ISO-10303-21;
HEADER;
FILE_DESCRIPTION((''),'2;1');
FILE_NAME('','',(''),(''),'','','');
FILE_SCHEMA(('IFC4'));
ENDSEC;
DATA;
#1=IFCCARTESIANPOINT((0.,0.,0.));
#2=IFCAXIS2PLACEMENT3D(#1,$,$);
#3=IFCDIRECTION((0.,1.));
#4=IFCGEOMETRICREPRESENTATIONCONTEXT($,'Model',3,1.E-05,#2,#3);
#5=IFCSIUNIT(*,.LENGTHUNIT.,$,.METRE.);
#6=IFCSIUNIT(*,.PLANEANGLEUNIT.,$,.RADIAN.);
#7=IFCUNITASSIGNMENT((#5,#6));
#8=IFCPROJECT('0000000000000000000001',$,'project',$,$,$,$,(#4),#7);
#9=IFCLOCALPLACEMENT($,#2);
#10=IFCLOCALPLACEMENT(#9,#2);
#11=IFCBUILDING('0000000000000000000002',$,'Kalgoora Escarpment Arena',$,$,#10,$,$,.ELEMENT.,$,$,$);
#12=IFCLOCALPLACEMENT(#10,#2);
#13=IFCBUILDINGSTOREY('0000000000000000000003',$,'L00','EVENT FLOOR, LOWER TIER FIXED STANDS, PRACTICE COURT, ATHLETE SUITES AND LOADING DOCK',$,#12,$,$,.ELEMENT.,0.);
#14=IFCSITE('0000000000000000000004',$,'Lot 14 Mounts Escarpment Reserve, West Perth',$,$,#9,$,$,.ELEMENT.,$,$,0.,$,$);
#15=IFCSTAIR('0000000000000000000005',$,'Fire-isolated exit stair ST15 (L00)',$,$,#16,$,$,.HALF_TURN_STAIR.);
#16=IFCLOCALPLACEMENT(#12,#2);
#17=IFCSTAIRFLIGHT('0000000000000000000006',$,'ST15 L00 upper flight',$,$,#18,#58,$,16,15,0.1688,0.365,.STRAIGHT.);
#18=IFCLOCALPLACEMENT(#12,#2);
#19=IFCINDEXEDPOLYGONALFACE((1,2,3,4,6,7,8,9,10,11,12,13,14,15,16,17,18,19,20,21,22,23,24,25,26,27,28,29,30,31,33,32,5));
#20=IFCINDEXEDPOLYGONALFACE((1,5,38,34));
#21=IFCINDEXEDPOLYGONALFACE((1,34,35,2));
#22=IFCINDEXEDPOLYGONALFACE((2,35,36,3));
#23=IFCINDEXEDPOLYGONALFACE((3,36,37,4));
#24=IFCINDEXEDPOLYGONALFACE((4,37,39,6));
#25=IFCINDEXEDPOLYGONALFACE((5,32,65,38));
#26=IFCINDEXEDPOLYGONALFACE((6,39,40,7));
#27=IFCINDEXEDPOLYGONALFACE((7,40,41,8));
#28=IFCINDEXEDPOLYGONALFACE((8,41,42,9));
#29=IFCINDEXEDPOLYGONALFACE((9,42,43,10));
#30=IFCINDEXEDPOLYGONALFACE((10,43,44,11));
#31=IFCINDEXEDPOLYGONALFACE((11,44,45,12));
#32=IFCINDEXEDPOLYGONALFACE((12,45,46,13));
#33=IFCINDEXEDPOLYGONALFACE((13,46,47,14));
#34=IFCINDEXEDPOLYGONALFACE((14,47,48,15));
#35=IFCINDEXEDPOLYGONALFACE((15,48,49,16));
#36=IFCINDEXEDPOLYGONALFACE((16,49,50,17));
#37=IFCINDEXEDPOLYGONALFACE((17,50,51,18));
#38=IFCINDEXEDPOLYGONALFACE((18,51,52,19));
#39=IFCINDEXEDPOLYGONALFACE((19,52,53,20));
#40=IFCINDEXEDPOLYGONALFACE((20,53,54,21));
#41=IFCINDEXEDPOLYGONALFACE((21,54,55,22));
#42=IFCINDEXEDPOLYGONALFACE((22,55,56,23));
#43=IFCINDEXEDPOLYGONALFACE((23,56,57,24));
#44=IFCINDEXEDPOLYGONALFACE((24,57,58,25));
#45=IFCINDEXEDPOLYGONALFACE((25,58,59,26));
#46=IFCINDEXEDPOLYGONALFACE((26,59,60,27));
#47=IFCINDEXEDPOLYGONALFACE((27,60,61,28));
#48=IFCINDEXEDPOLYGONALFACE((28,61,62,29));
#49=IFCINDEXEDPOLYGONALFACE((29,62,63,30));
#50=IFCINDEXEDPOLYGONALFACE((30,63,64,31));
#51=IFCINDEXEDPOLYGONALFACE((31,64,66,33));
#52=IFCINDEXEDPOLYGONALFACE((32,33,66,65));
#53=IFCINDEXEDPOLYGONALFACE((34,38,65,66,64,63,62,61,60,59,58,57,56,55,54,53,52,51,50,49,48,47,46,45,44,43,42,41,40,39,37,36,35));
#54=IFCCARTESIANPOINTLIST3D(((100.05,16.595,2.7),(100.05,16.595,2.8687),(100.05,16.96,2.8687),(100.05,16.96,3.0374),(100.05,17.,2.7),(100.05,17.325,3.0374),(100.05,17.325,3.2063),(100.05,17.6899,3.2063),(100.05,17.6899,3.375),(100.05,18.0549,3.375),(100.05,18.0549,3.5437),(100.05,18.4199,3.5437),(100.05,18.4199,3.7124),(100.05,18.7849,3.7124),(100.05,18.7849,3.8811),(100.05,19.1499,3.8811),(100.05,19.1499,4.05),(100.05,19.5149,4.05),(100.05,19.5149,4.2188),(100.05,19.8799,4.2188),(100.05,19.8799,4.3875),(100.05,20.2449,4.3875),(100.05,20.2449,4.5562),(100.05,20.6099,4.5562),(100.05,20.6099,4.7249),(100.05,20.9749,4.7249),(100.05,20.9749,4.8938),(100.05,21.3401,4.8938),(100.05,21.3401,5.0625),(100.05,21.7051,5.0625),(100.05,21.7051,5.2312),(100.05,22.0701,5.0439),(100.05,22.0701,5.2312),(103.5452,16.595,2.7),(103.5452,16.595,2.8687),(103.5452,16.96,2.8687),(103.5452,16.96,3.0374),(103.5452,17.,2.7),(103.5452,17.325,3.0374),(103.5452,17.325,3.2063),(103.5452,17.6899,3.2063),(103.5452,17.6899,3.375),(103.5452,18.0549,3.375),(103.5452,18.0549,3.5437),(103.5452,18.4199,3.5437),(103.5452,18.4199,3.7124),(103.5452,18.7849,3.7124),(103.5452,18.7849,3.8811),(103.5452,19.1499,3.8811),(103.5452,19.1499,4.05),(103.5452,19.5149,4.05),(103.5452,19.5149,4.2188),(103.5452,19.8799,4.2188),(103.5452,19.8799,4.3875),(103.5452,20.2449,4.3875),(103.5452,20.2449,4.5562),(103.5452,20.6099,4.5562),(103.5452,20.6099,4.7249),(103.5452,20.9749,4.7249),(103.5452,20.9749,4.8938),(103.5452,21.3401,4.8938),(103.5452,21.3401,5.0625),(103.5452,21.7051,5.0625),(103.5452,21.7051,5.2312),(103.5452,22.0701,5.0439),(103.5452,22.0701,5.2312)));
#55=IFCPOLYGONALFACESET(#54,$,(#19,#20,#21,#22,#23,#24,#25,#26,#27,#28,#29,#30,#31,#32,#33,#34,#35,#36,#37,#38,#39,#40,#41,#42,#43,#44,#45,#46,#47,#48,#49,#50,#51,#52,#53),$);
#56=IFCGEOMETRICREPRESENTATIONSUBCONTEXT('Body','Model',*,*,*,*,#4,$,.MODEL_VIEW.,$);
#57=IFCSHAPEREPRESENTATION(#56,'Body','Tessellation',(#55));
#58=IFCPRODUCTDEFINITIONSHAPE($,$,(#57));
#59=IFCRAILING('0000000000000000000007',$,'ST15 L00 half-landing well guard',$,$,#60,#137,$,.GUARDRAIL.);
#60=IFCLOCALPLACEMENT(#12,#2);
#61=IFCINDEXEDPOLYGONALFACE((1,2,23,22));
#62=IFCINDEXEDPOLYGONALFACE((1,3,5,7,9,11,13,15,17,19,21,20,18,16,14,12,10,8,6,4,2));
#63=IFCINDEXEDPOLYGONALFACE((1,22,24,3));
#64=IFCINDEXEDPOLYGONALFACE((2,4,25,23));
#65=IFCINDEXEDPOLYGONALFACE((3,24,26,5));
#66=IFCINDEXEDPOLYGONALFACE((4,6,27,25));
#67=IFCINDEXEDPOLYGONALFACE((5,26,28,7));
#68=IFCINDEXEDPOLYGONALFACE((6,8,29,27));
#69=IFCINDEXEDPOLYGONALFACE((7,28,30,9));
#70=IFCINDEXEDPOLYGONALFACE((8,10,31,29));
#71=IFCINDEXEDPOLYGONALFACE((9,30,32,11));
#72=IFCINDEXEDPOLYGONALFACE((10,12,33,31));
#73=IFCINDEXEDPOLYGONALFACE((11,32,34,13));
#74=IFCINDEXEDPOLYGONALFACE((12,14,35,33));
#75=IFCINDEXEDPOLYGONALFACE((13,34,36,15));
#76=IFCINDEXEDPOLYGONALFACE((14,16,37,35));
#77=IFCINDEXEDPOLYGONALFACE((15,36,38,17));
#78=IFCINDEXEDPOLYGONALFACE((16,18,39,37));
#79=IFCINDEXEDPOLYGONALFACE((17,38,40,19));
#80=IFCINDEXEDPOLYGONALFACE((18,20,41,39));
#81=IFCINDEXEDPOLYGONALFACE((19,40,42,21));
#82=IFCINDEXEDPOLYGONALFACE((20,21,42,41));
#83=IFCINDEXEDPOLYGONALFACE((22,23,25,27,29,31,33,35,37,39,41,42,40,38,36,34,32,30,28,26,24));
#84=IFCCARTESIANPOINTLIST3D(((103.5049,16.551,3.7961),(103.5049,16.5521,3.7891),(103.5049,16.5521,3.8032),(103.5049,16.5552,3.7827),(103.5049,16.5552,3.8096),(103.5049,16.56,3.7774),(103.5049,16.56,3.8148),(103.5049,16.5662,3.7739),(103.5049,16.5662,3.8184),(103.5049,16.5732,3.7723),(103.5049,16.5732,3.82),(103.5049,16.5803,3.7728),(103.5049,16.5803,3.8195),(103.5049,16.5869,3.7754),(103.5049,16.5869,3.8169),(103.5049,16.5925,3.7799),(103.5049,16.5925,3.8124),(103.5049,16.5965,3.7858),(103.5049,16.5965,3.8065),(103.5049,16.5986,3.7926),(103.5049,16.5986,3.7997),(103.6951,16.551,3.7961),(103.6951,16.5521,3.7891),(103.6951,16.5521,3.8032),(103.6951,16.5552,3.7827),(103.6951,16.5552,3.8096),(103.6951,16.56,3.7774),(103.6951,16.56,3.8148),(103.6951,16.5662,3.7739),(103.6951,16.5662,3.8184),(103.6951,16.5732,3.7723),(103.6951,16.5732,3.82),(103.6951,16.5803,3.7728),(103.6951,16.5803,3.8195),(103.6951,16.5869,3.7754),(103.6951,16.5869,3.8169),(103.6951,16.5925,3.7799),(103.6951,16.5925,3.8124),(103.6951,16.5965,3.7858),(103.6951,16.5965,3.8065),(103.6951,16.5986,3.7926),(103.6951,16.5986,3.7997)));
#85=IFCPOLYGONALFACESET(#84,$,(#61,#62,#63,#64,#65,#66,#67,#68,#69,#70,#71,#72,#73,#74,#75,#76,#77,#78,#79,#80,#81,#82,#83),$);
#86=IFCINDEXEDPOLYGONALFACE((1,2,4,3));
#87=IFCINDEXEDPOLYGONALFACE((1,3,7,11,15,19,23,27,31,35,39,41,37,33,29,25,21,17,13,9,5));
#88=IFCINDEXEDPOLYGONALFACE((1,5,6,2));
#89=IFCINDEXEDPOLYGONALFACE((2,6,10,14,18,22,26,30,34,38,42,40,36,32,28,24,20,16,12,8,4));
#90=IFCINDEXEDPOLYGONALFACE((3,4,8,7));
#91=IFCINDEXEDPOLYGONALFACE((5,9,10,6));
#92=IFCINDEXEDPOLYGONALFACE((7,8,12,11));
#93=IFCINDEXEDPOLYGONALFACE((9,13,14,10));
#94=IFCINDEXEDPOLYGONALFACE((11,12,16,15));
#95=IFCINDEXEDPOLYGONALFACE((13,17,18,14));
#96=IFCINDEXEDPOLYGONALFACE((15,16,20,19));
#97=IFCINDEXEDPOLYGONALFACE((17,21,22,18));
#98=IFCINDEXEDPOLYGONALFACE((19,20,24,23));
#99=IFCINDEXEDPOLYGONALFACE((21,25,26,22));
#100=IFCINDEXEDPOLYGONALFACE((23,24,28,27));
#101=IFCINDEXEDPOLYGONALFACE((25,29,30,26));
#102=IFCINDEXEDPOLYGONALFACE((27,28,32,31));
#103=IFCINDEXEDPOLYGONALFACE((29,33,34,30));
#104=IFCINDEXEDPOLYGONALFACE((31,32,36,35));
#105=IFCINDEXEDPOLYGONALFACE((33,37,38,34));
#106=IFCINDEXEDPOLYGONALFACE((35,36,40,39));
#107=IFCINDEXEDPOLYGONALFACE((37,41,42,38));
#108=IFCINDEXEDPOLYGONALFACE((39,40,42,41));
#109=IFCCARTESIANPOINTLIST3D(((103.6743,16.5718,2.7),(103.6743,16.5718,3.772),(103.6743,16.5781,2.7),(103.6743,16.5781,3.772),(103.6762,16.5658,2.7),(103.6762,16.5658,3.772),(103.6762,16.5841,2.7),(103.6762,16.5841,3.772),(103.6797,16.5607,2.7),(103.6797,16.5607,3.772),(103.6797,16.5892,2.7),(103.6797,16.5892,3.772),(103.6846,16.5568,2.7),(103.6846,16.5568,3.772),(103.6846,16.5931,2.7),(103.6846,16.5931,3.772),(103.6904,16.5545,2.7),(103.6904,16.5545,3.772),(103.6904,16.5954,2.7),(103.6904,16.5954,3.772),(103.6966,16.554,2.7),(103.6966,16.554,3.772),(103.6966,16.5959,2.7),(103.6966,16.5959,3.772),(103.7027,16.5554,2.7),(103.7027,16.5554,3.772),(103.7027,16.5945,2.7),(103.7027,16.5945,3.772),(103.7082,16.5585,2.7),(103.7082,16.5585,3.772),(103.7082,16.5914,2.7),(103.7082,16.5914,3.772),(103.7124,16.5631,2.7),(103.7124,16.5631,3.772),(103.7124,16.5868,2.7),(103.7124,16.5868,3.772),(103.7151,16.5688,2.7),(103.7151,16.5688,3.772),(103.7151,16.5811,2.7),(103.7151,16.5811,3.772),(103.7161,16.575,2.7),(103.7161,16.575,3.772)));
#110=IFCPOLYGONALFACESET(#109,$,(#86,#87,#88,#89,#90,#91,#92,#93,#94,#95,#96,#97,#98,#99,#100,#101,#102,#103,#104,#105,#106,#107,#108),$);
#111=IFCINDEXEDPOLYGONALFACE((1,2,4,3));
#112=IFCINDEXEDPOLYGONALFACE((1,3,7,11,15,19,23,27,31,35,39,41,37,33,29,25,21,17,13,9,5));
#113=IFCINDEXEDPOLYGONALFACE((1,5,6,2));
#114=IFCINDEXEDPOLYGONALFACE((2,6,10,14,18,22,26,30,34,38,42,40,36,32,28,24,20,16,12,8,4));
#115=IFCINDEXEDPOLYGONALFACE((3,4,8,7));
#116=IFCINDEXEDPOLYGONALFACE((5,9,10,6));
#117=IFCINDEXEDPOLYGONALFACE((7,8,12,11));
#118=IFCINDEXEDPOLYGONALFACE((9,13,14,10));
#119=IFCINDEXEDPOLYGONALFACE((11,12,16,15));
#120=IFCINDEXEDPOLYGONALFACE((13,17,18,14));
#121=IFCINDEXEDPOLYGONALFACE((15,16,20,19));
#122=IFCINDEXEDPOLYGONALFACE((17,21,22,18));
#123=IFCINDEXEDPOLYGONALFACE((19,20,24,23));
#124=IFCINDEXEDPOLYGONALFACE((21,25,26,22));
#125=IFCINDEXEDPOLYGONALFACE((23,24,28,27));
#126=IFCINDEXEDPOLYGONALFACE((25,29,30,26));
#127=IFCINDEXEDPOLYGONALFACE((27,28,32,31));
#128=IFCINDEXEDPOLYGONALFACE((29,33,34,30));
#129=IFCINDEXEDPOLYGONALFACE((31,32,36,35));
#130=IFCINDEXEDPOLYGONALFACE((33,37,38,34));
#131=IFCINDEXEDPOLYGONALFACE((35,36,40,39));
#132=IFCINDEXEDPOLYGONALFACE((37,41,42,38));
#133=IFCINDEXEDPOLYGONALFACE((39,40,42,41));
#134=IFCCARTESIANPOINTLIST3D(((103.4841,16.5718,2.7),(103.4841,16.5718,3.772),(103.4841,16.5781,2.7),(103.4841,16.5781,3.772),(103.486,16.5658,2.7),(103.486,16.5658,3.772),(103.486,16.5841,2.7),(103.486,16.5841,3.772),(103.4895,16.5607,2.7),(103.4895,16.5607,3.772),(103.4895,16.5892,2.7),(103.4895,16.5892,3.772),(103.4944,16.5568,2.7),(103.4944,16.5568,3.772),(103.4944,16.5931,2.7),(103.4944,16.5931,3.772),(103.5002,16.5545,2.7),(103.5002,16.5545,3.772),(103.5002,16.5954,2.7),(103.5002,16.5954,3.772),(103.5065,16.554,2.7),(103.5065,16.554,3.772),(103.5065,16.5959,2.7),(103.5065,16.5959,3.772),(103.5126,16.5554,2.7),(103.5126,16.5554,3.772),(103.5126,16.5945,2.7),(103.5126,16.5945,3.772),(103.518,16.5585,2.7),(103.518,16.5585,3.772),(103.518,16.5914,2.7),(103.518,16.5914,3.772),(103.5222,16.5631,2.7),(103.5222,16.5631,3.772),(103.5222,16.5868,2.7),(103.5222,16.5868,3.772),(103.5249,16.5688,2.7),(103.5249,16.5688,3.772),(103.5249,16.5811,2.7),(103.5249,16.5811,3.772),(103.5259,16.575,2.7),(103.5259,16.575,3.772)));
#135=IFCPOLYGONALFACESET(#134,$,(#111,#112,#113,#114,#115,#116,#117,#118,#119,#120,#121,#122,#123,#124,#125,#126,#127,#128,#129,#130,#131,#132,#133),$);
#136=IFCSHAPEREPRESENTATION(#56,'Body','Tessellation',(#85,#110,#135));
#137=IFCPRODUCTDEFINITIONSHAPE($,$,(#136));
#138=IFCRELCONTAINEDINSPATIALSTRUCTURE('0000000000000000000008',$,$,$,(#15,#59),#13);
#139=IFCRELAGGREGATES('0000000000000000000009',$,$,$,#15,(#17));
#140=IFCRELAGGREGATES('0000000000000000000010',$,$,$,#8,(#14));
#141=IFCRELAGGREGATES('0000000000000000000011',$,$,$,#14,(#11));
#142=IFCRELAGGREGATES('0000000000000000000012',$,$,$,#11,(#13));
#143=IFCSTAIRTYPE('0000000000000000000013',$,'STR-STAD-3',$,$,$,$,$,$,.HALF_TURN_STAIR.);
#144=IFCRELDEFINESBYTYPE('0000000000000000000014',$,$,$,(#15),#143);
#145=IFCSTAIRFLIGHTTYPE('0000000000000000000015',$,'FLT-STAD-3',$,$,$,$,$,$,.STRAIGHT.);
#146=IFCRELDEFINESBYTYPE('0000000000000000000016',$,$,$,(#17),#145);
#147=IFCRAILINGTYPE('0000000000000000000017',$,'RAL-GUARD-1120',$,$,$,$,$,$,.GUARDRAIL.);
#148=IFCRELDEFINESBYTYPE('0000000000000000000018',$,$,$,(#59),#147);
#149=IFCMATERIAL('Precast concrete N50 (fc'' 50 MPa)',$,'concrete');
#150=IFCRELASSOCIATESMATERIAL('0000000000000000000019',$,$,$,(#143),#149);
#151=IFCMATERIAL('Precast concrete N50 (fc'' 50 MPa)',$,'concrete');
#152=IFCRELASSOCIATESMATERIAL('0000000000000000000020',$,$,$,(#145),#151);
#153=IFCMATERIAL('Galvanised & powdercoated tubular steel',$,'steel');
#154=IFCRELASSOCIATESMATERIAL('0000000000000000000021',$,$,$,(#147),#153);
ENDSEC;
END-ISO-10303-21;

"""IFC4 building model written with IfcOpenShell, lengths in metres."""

from ifc_helpers import new_model, si_unit, direction, frame, origin, origin_2d, place, context, subcontext, project, spatial, polyline, circle, outline, extrude, material, type_object, element, aggregate, save


model = new_model("IFC4")

# Units and contexts
model_context = context("Model", 3, precision=1e-05, world=origin(), true_north=direction((0.0, 1.0)))
body_context = subcontext(model_context, "Body", "Model", "MODEL_VIEW")
ifc_project = project(units=[si_unit("LENGTHUNIT", "METRE"), si_unit("PLANEANGLEUNIT", "RADIAN")], contexts=[model_context])

# Site, building, storey
site_placement = place(None, origin())
site = spatial("IfcSite", under=ifc_project, at=site_placement, Name="Lot 14 Mounts Escarpment Reserve, West Perth", CompositionType="ELEMENT", RefElevation=0.0)
building_placement = place(site_placement, origin())
building = spatial("IfcBuilding", under=site, at=building_placement, Name="Kalgoora Escarpment Arena", CompositionType="ELEMENT")
storey_placement = place(building_placement, origin())
storey = spatial("IfcBuildingStorey", under=building, at=storey_placement, Name="L00", Description="EVENT FLOOR, LOWER TIER FIXED STANDS, PRACTICE COURT, ATHLETE SUITES AND LOADING DOCK", CompositionType="ELEMENT", Elevation=0.0)

# Stair, stair flight
ifc_material_1 = material(Name="Precast concrete N50 (fc' 50 MPa)", Category="concrete")
stair_type = type_object("IfcStairType", Name="STR-STAD-3", PredefinedType="HALF_TURN_STAIR", material=ifc_material_1)
stair_placement = place(storey_placement, origin())
stair = element("IfcStair", 1, at=stair_placement, inside=storey, type_object=stair_type, Name="Fire-isolated exit stair ST15 (L00)", PredefinedType="HALF_TURN_STAIR")
ifc_material_2 = material(Name="Precast concrete N50 (fc' 50 MPa)", Category="concrete")
stair_flight_type = type_object("IfcStairFlightType", Name="FLT-STAD-3", PredefinedType="STRAIGHT", material=ifc_material_2)
stair_flight_1_placement = place(storey_placement, frame((101.7976, 16.595, 2.7), z_axis=(0.0, 0.0, 1.0), x_axis=(0.0, 1.0, 0.0)))
stair_flight_1 = element("IfcStairFlight", 2, at=stair_flight_1_placement, type_object=stair_flight_type, Name="ST15 L00 upper flight", NumberOfRisers=16, NumberOfTreads=15, PredefinedType="STRAIGHT", RiserHeight=0.1688, TreadLength=0.365, context=body_context, shape_type="SweptSolid", body=[
    extrude(outline(polyline([(0.0, 0.0), (0.0, 0.1687), (0.365, 0.1687), (0.365, 0.3374), (0.73, 0.3374), (0.73, 0.5063), (1.095, 0.5063), (1.095, 0.675), (1.46, 0.675), (1.46, 0.8438), (1.825, 0.8438), (1.825, 1.0125), (2.1899, 1.0125), (2.1899, 1.1812), (2.5549, 1.1812), (2.5549, 1.3501), (2.9199, 1.3501), (2.9199, 1.5188), (3.2849, 1.5188), (3.2849, 1.6875), (3.6499, 1.6875), (3.6499, 1.8562), (4.0149, 1.8562), (4.0149, 2.0249), (4.3799, 2.0249), (4.3799, 2.1938), (4.7451, 2.1938), (4.7451, 2.3625), (5.1101, 2.3625), (5.1101, 2.5312), (5.4751, 2.5312), (5.4751, 2.7), (5.4751, 2.344), (0.405, 0.0), (0.0, 0.0)])), frame((0.0, 1.7476, 0.0), z_axis=(0.0, -1.0, 0.0), x_axis=(1.0, 0.0, 0.0)), (0.0, 0.0, 1.0), 3.4951),
])
aggregate(stair, [stair_flight_1])

# Railing
ifc_material_3 = material(Name="Galvanised & powdercoated tubular steel", Category="steel")
railing_type_1 = type_object("IfcRailingType", Name="RAL-GUARD-1120", PredefinedType="GUARDRAIL", material=ifc_material_3)
railing_1_placement = place(storey_placement, frame((103.6951, 16.575, 2.7)))
element("IfcRailing", 3, at=railing_1_placement, inside=storey, type_object=railing_type_1, Name="ST15 L00 half-landing well guard", PredefinedType="GUARDRAIL", context=body_context, shape_type="SweptSolid", body=[
    extrude(circle(Radius=0.0239, at=origin_2d()), frame((0.0, 0.0, 1.0962), z_axis=(-1.0, 0.0, 0.0), x_axis=(0.0, -1.0, 0.0)), (0.0, 0.0, 1.0), 0.1902),
    extrude(circle(Radius=0.021, at=origin_2d()), origin(), (0.0, 0.0, 1.0), 1.072),
    extrude(circle(Radius=0.021, at=origin_2d()), frame((-0.1902, 0.0, 0.0)), (0.0, 0.0, 1.0), 1.072),
])

save(model, "model.ifc")
